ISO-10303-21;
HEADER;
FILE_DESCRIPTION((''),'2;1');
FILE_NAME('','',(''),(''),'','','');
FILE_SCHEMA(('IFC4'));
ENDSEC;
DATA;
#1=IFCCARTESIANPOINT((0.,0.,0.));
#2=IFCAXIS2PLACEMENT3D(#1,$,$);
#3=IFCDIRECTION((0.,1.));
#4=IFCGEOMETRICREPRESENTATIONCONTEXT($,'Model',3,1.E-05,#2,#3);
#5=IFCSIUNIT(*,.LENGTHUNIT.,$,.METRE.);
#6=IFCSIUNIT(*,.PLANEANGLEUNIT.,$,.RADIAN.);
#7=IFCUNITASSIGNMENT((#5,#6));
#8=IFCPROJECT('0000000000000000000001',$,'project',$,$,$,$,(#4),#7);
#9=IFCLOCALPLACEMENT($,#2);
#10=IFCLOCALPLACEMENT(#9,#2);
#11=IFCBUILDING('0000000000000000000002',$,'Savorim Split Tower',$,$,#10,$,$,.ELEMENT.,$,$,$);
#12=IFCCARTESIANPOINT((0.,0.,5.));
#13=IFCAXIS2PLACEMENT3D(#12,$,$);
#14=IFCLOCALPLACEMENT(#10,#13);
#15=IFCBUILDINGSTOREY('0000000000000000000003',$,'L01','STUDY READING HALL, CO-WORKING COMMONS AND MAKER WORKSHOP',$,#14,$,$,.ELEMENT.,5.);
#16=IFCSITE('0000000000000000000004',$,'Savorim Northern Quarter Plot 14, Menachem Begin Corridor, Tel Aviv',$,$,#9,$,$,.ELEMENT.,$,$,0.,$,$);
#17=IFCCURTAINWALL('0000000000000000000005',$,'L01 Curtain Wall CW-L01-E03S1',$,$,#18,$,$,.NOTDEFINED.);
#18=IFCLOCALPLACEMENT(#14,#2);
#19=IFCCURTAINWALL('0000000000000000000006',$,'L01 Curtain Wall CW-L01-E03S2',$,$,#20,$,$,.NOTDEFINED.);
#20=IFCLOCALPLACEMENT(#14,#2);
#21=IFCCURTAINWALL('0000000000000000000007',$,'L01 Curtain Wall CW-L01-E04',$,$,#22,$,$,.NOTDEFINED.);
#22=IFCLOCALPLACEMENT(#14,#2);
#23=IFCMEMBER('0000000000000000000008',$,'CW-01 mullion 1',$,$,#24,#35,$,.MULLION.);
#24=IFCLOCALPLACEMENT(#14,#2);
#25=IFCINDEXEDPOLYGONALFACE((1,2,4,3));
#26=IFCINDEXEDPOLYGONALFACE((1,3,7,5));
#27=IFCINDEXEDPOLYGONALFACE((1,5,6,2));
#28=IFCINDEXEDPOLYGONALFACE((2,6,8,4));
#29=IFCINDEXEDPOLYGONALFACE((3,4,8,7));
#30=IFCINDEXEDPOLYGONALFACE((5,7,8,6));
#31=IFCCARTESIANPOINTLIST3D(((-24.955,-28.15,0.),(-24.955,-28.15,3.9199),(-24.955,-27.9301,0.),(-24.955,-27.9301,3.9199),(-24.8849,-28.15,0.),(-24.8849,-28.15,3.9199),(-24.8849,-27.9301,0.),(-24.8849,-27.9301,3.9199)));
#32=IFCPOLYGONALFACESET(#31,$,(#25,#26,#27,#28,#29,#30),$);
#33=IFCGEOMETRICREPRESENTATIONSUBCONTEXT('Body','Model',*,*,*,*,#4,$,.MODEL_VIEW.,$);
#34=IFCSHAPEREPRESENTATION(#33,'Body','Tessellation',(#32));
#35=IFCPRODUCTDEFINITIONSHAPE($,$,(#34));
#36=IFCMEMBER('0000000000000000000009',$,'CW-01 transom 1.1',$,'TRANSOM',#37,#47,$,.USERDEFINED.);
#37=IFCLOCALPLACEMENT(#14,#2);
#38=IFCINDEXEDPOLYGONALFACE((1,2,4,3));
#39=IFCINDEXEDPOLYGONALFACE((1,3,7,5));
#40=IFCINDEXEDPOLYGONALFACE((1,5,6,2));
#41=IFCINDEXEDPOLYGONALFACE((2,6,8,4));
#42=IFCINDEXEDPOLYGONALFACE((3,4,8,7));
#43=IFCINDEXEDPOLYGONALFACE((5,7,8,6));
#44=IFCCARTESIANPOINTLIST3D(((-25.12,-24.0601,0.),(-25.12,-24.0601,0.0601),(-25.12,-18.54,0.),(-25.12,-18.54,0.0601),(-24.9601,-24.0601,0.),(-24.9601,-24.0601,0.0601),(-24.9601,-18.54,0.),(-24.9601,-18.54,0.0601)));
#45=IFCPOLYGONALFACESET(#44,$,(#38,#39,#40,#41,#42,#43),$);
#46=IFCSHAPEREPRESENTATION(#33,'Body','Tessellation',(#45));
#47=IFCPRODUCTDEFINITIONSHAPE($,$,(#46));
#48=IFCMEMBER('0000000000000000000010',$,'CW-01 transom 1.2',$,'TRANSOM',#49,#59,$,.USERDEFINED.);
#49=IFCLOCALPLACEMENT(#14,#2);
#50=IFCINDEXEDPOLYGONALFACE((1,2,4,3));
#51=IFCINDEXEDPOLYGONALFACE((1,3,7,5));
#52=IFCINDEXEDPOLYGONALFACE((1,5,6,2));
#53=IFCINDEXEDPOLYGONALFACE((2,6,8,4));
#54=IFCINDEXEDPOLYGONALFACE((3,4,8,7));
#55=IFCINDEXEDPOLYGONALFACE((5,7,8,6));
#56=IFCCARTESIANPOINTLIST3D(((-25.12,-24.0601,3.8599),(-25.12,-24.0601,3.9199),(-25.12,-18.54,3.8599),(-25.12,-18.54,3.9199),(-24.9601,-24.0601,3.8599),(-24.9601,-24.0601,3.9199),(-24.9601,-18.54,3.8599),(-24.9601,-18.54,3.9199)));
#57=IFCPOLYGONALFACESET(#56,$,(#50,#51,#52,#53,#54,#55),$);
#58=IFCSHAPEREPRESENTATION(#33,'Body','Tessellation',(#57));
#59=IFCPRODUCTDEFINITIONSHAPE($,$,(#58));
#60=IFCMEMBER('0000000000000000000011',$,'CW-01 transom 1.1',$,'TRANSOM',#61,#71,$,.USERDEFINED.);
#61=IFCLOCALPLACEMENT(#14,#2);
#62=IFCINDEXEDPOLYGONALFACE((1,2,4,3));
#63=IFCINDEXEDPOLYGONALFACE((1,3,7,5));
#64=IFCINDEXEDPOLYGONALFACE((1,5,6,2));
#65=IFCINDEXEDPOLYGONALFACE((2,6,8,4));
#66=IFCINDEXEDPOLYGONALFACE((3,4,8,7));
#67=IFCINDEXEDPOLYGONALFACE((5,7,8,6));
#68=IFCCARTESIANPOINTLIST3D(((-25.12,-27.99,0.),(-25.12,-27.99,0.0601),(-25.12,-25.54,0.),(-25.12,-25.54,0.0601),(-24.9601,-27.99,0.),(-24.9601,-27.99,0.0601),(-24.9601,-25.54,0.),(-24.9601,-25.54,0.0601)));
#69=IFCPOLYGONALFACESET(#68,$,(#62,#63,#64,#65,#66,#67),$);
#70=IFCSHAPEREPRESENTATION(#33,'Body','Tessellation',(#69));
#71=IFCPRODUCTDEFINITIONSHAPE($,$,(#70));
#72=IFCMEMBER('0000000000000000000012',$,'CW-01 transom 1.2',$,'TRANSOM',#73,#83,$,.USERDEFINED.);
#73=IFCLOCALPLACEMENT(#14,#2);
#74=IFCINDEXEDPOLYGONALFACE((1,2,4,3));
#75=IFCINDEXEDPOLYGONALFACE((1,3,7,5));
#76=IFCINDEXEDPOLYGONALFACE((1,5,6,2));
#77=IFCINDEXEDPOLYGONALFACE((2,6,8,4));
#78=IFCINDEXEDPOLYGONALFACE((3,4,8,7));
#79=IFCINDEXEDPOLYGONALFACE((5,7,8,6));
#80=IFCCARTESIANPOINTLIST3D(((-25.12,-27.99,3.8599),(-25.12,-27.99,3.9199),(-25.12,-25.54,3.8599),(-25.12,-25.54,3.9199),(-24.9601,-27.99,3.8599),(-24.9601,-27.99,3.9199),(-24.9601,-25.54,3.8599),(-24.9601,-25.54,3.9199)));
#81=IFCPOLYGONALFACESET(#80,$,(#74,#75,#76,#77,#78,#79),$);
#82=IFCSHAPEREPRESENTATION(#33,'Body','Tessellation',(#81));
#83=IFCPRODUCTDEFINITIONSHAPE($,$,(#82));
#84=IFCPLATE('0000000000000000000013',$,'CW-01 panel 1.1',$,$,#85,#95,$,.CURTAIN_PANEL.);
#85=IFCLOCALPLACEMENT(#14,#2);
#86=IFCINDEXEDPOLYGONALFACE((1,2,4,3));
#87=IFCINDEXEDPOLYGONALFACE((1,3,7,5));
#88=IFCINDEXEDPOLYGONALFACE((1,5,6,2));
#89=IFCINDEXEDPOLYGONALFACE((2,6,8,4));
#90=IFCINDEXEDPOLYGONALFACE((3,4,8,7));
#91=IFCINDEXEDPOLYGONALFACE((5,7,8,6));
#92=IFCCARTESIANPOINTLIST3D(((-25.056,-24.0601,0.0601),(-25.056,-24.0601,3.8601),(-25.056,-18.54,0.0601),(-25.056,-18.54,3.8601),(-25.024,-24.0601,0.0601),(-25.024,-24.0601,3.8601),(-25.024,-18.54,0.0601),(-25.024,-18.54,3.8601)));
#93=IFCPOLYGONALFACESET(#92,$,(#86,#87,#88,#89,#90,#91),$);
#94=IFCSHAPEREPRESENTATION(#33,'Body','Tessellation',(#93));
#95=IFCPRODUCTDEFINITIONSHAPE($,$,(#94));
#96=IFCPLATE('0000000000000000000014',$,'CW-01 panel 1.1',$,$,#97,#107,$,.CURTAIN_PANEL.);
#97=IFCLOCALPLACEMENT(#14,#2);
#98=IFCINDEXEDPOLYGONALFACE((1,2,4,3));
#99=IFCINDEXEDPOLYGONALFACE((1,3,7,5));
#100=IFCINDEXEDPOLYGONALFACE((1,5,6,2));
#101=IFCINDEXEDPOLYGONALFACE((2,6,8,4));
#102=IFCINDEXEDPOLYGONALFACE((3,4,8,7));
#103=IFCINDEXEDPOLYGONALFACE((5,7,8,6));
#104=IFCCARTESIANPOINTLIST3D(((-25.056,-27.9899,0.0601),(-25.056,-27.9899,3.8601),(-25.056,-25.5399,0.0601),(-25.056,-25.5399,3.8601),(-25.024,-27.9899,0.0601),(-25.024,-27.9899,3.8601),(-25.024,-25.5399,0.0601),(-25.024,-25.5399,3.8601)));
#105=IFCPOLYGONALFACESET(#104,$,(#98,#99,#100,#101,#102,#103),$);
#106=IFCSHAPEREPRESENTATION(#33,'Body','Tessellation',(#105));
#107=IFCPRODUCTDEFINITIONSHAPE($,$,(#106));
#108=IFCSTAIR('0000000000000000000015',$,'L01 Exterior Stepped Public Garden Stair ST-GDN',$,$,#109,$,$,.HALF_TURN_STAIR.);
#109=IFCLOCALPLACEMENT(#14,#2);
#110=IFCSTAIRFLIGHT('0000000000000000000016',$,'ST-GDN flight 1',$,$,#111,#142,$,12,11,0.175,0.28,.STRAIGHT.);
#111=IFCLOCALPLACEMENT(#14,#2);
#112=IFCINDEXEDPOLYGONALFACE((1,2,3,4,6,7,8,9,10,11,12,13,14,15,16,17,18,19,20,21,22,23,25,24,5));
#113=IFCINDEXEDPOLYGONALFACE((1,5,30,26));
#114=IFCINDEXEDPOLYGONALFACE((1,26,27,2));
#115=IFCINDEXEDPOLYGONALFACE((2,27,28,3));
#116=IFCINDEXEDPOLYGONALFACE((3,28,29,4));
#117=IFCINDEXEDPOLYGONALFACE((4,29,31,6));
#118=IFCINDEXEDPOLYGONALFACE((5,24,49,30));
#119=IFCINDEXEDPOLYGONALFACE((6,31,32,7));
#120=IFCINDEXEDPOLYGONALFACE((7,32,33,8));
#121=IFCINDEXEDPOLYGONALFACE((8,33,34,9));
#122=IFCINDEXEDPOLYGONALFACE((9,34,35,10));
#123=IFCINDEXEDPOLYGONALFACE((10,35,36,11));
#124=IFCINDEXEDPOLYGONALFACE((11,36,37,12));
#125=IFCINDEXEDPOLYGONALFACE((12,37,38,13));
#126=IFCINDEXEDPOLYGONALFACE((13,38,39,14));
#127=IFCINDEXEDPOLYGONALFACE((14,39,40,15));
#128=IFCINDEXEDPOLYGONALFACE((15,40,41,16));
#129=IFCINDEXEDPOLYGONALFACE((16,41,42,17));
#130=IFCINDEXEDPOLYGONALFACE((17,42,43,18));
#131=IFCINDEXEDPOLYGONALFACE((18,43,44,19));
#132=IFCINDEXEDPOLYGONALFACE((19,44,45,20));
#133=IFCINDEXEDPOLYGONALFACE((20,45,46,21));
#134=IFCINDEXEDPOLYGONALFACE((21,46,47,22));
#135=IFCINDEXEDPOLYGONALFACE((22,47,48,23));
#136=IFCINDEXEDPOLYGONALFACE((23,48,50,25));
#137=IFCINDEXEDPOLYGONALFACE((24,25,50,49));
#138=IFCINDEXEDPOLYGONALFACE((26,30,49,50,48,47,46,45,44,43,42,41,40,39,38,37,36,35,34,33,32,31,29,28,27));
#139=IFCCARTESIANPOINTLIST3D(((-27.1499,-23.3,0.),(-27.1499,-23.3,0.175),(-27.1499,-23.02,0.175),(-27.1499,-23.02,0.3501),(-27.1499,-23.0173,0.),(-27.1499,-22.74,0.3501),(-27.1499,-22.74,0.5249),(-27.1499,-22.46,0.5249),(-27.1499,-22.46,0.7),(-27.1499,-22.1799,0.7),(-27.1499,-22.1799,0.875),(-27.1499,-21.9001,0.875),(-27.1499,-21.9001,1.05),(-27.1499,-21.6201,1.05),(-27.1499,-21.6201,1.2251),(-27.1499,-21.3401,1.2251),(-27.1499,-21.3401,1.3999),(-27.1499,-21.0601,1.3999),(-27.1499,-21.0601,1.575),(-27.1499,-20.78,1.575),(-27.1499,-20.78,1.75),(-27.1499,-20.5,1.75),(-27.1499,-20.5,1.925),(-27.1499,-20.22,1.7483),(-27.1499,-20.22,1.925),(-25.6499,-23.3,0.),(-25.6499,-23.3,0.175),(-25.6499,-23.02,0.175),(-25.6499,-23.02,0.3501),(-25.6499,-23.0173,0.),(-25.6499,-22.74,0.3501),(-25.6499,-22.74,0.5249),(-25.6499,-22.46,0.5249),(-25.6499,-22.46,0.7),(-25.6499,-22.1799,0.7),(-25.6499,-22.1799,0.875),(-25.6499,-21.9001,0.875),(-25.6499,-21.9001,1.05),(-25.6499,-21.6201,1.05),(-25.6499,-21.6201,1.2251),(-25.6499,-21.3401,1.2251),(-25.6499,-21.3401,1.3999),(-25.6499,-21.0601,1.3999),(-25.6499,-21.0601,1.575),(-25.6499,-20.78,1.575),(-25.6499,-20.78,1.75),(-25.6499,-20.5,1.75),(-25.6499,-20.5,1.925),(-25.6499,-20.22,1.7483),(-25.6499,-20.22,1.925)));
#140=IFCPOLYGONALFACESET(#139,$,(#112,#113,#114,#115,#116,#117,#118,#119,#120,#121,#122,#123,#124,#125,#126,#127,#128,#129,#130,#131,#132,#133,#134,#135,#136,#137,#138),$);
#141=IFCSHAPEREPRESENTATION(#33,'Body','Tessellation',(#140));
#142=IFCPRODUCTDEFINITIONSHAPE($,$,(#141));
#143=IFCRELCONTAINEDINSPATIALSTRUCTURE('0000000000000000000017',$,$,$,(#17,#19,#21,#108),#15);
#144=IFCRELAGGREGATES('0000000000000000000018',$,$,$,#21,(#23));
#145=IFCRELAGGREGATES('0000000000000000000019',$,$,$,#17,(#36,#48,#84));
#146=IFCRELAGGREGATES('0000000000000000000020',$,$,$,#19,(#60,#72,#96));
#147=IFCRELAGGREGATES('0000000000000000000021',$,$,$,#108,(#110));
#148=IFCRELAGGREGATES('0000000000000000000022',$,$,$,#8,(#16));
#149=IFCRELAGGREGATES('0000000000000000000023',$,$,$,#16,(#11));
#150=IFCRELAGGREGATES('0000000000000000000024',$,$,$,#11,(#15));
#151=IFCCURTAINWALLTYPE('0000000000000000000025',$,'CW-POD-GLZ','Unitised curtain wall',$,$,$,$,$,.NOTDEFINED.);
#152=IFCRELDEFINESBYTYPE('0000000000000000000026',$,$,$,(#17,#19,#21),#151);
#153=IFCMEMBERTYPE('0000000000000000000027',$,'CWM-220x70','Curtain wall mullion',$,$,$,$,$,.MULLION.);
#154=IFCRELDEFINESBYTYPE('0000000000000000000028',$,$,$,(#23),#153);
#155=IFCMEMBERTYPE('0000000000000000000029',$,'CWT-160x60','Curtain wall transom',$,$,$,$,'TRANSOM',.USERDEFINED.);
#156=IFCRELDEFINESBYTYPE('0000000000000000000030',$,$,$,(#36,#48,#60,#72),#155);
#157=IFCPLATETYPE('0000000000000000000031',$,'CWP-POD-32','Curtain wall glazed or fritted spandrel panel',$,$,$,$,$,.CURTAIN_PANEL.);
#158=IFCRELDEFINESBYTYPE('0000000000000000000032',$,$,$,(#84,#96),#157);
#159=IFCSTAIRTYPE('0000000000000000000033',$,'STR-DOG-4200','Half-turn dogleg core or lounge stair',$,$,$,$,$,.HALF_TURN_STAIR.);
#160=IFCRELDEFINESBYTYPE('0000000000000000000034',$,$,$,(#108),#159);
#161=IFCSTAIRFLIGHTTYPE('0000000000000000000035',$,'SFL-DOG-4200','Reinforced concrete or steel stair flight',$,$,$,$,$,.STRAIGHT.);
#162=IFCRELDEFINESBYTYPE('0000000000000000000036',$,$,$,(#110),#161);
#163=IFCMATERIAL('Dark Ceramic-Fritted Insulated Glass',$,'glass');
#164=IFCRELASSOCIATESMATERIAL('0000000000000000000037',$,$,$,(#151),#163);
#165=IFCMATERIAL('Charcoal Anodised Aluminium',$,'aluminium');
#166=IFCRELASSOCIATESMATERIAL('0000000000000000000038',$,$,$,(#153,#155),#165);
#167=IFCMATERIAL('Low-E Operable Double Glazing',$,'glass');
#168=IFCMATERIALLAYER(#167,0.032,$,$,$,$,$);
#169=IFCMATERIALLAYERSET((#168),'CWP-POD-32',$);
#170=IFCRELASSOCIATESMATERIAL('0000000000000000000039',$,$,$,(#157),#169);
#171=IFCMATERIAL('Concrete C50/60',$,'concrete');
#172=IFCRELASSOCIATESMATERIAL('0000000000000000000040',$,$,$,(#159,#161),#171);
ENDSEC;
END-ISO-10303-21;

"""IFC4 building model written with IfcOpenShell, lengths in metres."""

from ifc_helpers import new_model, si_unit, direction, frame, origin, origin_2d, place, context, subcontext, project, spatial, polyline, rectangle, outline, extrude, material, layer, layer_set, material_profile, profile_set, type_object, element, aggregate, save


model = new_model("IFC4")

# Units and contexts
model_context = context("Model", 3, precision=1e-05, world=origin(), true_north=direction((0.0, 1.0)))
body_context = subcontext(model_context, "Body", "Model", "MODEL_VIEW")
ifc_project = project(units=[si_unit("LENGTHUNIT", "METRE"), si_unit("PLANEANGLEUNIT", "RADIAN")], contexts=[model_context])

# Site, building, storey
site_placement = place(None, origin())
site = spatial("IfcSite", under=ifc_project, at=site_placement, Name="Savorim Northern Quarter Plot 14, Menachem Begin Corridor, Tel Aviv", CompositionType="ELEMENT", RefElevation=0.0)
building_placement = place(site_placement, origin())
building = spatial("IfcBuilding", under=site, at=building_placement, Name="Savorim Split Tower", CompositionType="ELEMENT")
storey_placement = place(building_placement, frame((0.0, 0.0, 5.0)))
storey = spatial("IfcBuildingStorey", under=building, at=storey_placement, Name="L01", Description="STUDY READING HALL, CO-WORKING COMMONS AND MAKER WORKSHOP", CompositionType="ELEMENT", Elevation=5.0)

# Shared definitions
ifc_material_1 = material(Name="Dark Ceramic-Fritted Insulated Glass", Category="glass")
curtain_wall_type = type_object("IfcCurtainWallType", Name="CW-POD-GLZ", Description="Unitised curtain wall", PredefinedType="NOTDEFINED", material=ifc_material_1)
ifc_material_2 = material(Name="Charcoal Anodised Aluminium", Category="aluminium")
ifc_material_profile_1 = material_profile(ifc_material_2, rectangle(XDim=0.22, YDim=0.0701, at=origin_2d()), Name="ALU-M 220x70")
ifc_profile_set_1 = profile_set([ifc_material_profile_1], Name="Charcoal Anodised Aluminium")
member_type_1 = type_object("IfcMemberType", Name="CWM-220x70", Description="Curtain wall mullion", PredefinedType="MULLION", material=ifc_profile_set_1)

# Curtain walls
curtain_wall_1_placement = place(storey_placement, origin())
curtain_wall_1 = element("IfcCurtainWall", 1, at=curtain_wall_1_placement, inside=storey, type_object=curtain_wall_type, Name="L01 Curtain Wall CW-L01-E03S1", PredefinedType="NOTDEFINED")
curtain_wall_2_placement = place(storey_placement, origin())
curtain_wall_2 = element("IfcCurtainWall", 2, at=curtain_wall_2_placement, inside=storey, type_object=curtain_wall_type, Name="L01 Curtain Wall CW-L01-E03S2", PredefinedType="NOTDEFINED")

# Curtain wall, member
curtain_wall_3_placement = place(storey_placement, origin())
curtain_wall_3 = element("IfcCurtainWall", 3, at=curtain_wall_3_placement, inside=storey, type_object=curtain_wall_type, Name="L01 Curtain Wall CW-L01-E04", PredefinedType="NOTDEFINED")
member_1_placement = place(storey_placement, frame((-24.9199, -28.04, 0.0), z_axis=(0.0, 0.0, 1.0), x_axis=(0.0, 1.0, 0.0)))
member_1 = element("IfcMember", 4, at=member_1_placement, type_object=member_type_1, Name="CW-01 mullion 1", PredefinedType="MULLION", context=body_context, shape_type="SweptSolid", body=[
    extrude(rectangle(XDim=0.22, YDim=0.0701, at=origin_2d()), origin(), (0.0, 0.0, 1.0), 3.9199),
])
aggregate(curtain_wall_3, [member_1])

# Members
ifc_material_profile_2 = material_profile(ifc_material_2, rectangle(XDim=0.1599, YDim=0.0601, at=origin_2d()), Name="ALU-T 160x60")
ifc_profile_set_2 = profile_set([ifc_material_profile_2], Name="Charcoal Anodised Aluminium")
member_type_2 = type_object("IfcMemberType", Name="CWT-160x60", Description="Curtain wall transom", ElementType="TRANSOM", PredefinedType="USERDEFINED", material=ifc_profile_set_2)
member_2_placement = place(storey_placement, frame((-25.04, -18.54, 0.03), z_axis=(0.0, -1.0, 0.0), x_axis=(1.0, 0.0, 0.0)))
member_2 = element("IfcMember", 5, at=member_2_placement, type_object=member_type_2, Name="CW-01 transom 1.1", ObjectType="TRANSOM", PredefinedType="USERDEFINED", context=body_context, shape_type="SweptSolid", body=[
    extrude(rectangle(XDim=0.1599, YDim=0.0601, at=origin_2d()), origin(), (0.0, 0.0, 1.0), 5.52),
])
member_3_placement = place(storey_placement, frame((-25.04, -18.54, 3.8899), z_axis=(0.0, -1.0, 0.0), x_axis=(1.0, 0.0, 0.0)))
member_3 = element("IfcMember", 6, at=member_3_placement, type_object=member_type_2, Name="CW-01 transom 1.2", ObjectType="TRANSOM", PredefinedType="USERDEFINED", context=body_context, shape_type="SweptSolid", body=[
    extrude(rectangle(XDim=0.1599, YDim=0.0601, at=origin_2d()), origin(), (0.0, 0.0, 1.0), 5.52),
])
member_4_placement = place(storey_placement, frame((-25.04, -25.54, 0.03), z_axis=(0.0, -1.0, 0.0), x_axis=(1.0, 0.0, 0.0)))
member_4 = element("IfcMember", 7, at=member_4_placement, type_object=member_type_2, Name="CW-01 transom 1.1", ObjectType="TRANSOM", PredefinedType="USERDEFINED", context=body_context, shape_type="SweptSolid", body=[
    extrude(rectangle(XDim=0.1599, YDim=0.0601, at=origin_2d()), origin(), (0.0, 0.0, 1.0), 2.45),
])
member_5_placement = place(storey_placement, frame((-25.04, -25.54, 3.8899), z_axis=(0.0, -1.0, 0.0), x_axis=(1.0, 0.0, 0.0)))
member_5 = element("IfcMember", 8, at=member_5_placement, type_object=member_type_2, Name="CW-01 transom 1.2", ObjectType="TRANSOM", PredefinedType="USERDEFINED", context=body_context, shape_type="SweptSolid", body=[
    extrude(rectangle(XDim=0.1599, YDim=0.0601, at=origin_2d()), origin(), (0.0, 0.0, 1.0), 2.45),
])

# Plates
ifc_material_3 = material(Name="Low-E Operable Double Glazing", Category="glass")
ifc_layer = layer(ifc_material_3, 0.032)
ifc_layer_set = layer_set([ifc_layer], Name="CWP-POD-32")
plate_type = type_object("IfcPlateType", Name="CWP-POD-32", Description="Curtain wall glazed or fritted spandrel panel", PredefinedType="CURTAIN_PANEL", material=ifc_layer_set)
plate_1_placement = place(storey_placement, frame((-25.04, -21.3, 0.0601), z_axis=(0.0, 0.0, 1.0), x_axis=(0.0, -1.0, 0.0)))
plate_1 = element("IfcPlate", 9, at=plate_1_placement, type_object=plate_type, Name="CW-01 panel 1.1", PredefinedType="CURTAIN_PANEL", context=body_context, shape_type="SweptSolid", body=[
    extrude(rectangle(XDim=5.52, YDim=0.032, at=origin_2d()), origin(), (0.0, 0.0, 1.0), 3.8),
])
aggregate(curtain_wall_1, [member_2, member_3, plate_1])
plate_2_placement = place(storey_placement, frame((-25.04, -26.7649, 0.0601), z_axis=(0.0, 0.0, 1.0), x_axis=(0.0, -1.0, 0.0)))
plate_2 = element("IfcPlate", 10, at=plate_2_placement, type_object=plate_type, Name="CW-01 panel 1.1", PredefinedType="CURTAIN_PANEL", context=body_context, shape_type="SweptSolid", body=[
    extrude(rectangle(XDim=2.45, YDim=0.032, at=origin_2d()), origin(), (0.0, 0.0, 1.0), 3.8),
])
aggregate(curtain_wall_2, [member_4, member_5, plate_2])

# Stair, stair flight
ifc_material_4 = material(Name="Concrete C50/60", Category="concrete")
stair_type = type_object("IfcStairType", Name="STR-DOG-4200", Description="Half-turn dogleg core or lounge stair", PredefinedType="HALF_TURN_STAIR", material=ifc_material_4)
stair_placement = place(storey_placement, origin())
stair = element("IfcStair", 11, at=stair_placement, inside=storey, type_object=stair_type, Name="L01 Exterior Stepped Public Garden Stair ST-GDN", PredefinedType="HALF_TURN_STAIR")
stair_flight_type = type_object("IfcStairFlightType", Name="SFL-DOG-4200", Description="Reinforced concrete or steel stair flight", PredefinedType="STRAIGHT", material=ifc_material_4)
stair_flight_placement = place(storey_placement, frame((-26.3999, -23.3, 0.0), z_axis=(0.0, 0.0, 1.0), x_axis=(0.0, 1.0, 0.0)))
stair_flight = element("IfcStairFlight", 12, at=stair_flight_placement, type_object=stair_flight_type, Name="ST-GDN flight 1", NumberOfRisers=12, NumberOfTreads=11, PredefinedType="STRAIGHT", RiserHeight=0.175, TreadLength=0.28, context=body_context, shape_type="SweptSolid", body=[
    extrude(outline(polyline([(0.0, 0.0), (0.0, 0.175), (0.28, 0.175), (0.28, 0.3501), (0.5601, 0.3501), (0.5601, 0.5249), (0.8401, 0.5249), (0.8401, 0.7), (1.1201, 0.7), (1.1201, 0.875), (1.3999, 0.875), (1.3999, 1.05), (1.6799, 1.05), (1.6799, 1.2251), (1.96, 1.2251), (1.96, 1.3999), (2.24, 1.3999), (2.24, 1.575), (2.52, 1.575), (2.52, 1.75), (2.8, 1.75), (2.8, 1.925), (3.0801, 1.925), (3.0801, 2.1001), (3.0801, 1.7483), (0.2827, 0.0), (0.0, 0.0)])), frame((0.0, 0.75, 0.0), z_axis=(0.0, -1.0, 0.0), x_axis=(1.0, 0.0, 0.0)), (0.0, 0.0, 1.0), 1.5),
])
aggregate(stair, [stair_flight])

save(model, "model.ifc")
